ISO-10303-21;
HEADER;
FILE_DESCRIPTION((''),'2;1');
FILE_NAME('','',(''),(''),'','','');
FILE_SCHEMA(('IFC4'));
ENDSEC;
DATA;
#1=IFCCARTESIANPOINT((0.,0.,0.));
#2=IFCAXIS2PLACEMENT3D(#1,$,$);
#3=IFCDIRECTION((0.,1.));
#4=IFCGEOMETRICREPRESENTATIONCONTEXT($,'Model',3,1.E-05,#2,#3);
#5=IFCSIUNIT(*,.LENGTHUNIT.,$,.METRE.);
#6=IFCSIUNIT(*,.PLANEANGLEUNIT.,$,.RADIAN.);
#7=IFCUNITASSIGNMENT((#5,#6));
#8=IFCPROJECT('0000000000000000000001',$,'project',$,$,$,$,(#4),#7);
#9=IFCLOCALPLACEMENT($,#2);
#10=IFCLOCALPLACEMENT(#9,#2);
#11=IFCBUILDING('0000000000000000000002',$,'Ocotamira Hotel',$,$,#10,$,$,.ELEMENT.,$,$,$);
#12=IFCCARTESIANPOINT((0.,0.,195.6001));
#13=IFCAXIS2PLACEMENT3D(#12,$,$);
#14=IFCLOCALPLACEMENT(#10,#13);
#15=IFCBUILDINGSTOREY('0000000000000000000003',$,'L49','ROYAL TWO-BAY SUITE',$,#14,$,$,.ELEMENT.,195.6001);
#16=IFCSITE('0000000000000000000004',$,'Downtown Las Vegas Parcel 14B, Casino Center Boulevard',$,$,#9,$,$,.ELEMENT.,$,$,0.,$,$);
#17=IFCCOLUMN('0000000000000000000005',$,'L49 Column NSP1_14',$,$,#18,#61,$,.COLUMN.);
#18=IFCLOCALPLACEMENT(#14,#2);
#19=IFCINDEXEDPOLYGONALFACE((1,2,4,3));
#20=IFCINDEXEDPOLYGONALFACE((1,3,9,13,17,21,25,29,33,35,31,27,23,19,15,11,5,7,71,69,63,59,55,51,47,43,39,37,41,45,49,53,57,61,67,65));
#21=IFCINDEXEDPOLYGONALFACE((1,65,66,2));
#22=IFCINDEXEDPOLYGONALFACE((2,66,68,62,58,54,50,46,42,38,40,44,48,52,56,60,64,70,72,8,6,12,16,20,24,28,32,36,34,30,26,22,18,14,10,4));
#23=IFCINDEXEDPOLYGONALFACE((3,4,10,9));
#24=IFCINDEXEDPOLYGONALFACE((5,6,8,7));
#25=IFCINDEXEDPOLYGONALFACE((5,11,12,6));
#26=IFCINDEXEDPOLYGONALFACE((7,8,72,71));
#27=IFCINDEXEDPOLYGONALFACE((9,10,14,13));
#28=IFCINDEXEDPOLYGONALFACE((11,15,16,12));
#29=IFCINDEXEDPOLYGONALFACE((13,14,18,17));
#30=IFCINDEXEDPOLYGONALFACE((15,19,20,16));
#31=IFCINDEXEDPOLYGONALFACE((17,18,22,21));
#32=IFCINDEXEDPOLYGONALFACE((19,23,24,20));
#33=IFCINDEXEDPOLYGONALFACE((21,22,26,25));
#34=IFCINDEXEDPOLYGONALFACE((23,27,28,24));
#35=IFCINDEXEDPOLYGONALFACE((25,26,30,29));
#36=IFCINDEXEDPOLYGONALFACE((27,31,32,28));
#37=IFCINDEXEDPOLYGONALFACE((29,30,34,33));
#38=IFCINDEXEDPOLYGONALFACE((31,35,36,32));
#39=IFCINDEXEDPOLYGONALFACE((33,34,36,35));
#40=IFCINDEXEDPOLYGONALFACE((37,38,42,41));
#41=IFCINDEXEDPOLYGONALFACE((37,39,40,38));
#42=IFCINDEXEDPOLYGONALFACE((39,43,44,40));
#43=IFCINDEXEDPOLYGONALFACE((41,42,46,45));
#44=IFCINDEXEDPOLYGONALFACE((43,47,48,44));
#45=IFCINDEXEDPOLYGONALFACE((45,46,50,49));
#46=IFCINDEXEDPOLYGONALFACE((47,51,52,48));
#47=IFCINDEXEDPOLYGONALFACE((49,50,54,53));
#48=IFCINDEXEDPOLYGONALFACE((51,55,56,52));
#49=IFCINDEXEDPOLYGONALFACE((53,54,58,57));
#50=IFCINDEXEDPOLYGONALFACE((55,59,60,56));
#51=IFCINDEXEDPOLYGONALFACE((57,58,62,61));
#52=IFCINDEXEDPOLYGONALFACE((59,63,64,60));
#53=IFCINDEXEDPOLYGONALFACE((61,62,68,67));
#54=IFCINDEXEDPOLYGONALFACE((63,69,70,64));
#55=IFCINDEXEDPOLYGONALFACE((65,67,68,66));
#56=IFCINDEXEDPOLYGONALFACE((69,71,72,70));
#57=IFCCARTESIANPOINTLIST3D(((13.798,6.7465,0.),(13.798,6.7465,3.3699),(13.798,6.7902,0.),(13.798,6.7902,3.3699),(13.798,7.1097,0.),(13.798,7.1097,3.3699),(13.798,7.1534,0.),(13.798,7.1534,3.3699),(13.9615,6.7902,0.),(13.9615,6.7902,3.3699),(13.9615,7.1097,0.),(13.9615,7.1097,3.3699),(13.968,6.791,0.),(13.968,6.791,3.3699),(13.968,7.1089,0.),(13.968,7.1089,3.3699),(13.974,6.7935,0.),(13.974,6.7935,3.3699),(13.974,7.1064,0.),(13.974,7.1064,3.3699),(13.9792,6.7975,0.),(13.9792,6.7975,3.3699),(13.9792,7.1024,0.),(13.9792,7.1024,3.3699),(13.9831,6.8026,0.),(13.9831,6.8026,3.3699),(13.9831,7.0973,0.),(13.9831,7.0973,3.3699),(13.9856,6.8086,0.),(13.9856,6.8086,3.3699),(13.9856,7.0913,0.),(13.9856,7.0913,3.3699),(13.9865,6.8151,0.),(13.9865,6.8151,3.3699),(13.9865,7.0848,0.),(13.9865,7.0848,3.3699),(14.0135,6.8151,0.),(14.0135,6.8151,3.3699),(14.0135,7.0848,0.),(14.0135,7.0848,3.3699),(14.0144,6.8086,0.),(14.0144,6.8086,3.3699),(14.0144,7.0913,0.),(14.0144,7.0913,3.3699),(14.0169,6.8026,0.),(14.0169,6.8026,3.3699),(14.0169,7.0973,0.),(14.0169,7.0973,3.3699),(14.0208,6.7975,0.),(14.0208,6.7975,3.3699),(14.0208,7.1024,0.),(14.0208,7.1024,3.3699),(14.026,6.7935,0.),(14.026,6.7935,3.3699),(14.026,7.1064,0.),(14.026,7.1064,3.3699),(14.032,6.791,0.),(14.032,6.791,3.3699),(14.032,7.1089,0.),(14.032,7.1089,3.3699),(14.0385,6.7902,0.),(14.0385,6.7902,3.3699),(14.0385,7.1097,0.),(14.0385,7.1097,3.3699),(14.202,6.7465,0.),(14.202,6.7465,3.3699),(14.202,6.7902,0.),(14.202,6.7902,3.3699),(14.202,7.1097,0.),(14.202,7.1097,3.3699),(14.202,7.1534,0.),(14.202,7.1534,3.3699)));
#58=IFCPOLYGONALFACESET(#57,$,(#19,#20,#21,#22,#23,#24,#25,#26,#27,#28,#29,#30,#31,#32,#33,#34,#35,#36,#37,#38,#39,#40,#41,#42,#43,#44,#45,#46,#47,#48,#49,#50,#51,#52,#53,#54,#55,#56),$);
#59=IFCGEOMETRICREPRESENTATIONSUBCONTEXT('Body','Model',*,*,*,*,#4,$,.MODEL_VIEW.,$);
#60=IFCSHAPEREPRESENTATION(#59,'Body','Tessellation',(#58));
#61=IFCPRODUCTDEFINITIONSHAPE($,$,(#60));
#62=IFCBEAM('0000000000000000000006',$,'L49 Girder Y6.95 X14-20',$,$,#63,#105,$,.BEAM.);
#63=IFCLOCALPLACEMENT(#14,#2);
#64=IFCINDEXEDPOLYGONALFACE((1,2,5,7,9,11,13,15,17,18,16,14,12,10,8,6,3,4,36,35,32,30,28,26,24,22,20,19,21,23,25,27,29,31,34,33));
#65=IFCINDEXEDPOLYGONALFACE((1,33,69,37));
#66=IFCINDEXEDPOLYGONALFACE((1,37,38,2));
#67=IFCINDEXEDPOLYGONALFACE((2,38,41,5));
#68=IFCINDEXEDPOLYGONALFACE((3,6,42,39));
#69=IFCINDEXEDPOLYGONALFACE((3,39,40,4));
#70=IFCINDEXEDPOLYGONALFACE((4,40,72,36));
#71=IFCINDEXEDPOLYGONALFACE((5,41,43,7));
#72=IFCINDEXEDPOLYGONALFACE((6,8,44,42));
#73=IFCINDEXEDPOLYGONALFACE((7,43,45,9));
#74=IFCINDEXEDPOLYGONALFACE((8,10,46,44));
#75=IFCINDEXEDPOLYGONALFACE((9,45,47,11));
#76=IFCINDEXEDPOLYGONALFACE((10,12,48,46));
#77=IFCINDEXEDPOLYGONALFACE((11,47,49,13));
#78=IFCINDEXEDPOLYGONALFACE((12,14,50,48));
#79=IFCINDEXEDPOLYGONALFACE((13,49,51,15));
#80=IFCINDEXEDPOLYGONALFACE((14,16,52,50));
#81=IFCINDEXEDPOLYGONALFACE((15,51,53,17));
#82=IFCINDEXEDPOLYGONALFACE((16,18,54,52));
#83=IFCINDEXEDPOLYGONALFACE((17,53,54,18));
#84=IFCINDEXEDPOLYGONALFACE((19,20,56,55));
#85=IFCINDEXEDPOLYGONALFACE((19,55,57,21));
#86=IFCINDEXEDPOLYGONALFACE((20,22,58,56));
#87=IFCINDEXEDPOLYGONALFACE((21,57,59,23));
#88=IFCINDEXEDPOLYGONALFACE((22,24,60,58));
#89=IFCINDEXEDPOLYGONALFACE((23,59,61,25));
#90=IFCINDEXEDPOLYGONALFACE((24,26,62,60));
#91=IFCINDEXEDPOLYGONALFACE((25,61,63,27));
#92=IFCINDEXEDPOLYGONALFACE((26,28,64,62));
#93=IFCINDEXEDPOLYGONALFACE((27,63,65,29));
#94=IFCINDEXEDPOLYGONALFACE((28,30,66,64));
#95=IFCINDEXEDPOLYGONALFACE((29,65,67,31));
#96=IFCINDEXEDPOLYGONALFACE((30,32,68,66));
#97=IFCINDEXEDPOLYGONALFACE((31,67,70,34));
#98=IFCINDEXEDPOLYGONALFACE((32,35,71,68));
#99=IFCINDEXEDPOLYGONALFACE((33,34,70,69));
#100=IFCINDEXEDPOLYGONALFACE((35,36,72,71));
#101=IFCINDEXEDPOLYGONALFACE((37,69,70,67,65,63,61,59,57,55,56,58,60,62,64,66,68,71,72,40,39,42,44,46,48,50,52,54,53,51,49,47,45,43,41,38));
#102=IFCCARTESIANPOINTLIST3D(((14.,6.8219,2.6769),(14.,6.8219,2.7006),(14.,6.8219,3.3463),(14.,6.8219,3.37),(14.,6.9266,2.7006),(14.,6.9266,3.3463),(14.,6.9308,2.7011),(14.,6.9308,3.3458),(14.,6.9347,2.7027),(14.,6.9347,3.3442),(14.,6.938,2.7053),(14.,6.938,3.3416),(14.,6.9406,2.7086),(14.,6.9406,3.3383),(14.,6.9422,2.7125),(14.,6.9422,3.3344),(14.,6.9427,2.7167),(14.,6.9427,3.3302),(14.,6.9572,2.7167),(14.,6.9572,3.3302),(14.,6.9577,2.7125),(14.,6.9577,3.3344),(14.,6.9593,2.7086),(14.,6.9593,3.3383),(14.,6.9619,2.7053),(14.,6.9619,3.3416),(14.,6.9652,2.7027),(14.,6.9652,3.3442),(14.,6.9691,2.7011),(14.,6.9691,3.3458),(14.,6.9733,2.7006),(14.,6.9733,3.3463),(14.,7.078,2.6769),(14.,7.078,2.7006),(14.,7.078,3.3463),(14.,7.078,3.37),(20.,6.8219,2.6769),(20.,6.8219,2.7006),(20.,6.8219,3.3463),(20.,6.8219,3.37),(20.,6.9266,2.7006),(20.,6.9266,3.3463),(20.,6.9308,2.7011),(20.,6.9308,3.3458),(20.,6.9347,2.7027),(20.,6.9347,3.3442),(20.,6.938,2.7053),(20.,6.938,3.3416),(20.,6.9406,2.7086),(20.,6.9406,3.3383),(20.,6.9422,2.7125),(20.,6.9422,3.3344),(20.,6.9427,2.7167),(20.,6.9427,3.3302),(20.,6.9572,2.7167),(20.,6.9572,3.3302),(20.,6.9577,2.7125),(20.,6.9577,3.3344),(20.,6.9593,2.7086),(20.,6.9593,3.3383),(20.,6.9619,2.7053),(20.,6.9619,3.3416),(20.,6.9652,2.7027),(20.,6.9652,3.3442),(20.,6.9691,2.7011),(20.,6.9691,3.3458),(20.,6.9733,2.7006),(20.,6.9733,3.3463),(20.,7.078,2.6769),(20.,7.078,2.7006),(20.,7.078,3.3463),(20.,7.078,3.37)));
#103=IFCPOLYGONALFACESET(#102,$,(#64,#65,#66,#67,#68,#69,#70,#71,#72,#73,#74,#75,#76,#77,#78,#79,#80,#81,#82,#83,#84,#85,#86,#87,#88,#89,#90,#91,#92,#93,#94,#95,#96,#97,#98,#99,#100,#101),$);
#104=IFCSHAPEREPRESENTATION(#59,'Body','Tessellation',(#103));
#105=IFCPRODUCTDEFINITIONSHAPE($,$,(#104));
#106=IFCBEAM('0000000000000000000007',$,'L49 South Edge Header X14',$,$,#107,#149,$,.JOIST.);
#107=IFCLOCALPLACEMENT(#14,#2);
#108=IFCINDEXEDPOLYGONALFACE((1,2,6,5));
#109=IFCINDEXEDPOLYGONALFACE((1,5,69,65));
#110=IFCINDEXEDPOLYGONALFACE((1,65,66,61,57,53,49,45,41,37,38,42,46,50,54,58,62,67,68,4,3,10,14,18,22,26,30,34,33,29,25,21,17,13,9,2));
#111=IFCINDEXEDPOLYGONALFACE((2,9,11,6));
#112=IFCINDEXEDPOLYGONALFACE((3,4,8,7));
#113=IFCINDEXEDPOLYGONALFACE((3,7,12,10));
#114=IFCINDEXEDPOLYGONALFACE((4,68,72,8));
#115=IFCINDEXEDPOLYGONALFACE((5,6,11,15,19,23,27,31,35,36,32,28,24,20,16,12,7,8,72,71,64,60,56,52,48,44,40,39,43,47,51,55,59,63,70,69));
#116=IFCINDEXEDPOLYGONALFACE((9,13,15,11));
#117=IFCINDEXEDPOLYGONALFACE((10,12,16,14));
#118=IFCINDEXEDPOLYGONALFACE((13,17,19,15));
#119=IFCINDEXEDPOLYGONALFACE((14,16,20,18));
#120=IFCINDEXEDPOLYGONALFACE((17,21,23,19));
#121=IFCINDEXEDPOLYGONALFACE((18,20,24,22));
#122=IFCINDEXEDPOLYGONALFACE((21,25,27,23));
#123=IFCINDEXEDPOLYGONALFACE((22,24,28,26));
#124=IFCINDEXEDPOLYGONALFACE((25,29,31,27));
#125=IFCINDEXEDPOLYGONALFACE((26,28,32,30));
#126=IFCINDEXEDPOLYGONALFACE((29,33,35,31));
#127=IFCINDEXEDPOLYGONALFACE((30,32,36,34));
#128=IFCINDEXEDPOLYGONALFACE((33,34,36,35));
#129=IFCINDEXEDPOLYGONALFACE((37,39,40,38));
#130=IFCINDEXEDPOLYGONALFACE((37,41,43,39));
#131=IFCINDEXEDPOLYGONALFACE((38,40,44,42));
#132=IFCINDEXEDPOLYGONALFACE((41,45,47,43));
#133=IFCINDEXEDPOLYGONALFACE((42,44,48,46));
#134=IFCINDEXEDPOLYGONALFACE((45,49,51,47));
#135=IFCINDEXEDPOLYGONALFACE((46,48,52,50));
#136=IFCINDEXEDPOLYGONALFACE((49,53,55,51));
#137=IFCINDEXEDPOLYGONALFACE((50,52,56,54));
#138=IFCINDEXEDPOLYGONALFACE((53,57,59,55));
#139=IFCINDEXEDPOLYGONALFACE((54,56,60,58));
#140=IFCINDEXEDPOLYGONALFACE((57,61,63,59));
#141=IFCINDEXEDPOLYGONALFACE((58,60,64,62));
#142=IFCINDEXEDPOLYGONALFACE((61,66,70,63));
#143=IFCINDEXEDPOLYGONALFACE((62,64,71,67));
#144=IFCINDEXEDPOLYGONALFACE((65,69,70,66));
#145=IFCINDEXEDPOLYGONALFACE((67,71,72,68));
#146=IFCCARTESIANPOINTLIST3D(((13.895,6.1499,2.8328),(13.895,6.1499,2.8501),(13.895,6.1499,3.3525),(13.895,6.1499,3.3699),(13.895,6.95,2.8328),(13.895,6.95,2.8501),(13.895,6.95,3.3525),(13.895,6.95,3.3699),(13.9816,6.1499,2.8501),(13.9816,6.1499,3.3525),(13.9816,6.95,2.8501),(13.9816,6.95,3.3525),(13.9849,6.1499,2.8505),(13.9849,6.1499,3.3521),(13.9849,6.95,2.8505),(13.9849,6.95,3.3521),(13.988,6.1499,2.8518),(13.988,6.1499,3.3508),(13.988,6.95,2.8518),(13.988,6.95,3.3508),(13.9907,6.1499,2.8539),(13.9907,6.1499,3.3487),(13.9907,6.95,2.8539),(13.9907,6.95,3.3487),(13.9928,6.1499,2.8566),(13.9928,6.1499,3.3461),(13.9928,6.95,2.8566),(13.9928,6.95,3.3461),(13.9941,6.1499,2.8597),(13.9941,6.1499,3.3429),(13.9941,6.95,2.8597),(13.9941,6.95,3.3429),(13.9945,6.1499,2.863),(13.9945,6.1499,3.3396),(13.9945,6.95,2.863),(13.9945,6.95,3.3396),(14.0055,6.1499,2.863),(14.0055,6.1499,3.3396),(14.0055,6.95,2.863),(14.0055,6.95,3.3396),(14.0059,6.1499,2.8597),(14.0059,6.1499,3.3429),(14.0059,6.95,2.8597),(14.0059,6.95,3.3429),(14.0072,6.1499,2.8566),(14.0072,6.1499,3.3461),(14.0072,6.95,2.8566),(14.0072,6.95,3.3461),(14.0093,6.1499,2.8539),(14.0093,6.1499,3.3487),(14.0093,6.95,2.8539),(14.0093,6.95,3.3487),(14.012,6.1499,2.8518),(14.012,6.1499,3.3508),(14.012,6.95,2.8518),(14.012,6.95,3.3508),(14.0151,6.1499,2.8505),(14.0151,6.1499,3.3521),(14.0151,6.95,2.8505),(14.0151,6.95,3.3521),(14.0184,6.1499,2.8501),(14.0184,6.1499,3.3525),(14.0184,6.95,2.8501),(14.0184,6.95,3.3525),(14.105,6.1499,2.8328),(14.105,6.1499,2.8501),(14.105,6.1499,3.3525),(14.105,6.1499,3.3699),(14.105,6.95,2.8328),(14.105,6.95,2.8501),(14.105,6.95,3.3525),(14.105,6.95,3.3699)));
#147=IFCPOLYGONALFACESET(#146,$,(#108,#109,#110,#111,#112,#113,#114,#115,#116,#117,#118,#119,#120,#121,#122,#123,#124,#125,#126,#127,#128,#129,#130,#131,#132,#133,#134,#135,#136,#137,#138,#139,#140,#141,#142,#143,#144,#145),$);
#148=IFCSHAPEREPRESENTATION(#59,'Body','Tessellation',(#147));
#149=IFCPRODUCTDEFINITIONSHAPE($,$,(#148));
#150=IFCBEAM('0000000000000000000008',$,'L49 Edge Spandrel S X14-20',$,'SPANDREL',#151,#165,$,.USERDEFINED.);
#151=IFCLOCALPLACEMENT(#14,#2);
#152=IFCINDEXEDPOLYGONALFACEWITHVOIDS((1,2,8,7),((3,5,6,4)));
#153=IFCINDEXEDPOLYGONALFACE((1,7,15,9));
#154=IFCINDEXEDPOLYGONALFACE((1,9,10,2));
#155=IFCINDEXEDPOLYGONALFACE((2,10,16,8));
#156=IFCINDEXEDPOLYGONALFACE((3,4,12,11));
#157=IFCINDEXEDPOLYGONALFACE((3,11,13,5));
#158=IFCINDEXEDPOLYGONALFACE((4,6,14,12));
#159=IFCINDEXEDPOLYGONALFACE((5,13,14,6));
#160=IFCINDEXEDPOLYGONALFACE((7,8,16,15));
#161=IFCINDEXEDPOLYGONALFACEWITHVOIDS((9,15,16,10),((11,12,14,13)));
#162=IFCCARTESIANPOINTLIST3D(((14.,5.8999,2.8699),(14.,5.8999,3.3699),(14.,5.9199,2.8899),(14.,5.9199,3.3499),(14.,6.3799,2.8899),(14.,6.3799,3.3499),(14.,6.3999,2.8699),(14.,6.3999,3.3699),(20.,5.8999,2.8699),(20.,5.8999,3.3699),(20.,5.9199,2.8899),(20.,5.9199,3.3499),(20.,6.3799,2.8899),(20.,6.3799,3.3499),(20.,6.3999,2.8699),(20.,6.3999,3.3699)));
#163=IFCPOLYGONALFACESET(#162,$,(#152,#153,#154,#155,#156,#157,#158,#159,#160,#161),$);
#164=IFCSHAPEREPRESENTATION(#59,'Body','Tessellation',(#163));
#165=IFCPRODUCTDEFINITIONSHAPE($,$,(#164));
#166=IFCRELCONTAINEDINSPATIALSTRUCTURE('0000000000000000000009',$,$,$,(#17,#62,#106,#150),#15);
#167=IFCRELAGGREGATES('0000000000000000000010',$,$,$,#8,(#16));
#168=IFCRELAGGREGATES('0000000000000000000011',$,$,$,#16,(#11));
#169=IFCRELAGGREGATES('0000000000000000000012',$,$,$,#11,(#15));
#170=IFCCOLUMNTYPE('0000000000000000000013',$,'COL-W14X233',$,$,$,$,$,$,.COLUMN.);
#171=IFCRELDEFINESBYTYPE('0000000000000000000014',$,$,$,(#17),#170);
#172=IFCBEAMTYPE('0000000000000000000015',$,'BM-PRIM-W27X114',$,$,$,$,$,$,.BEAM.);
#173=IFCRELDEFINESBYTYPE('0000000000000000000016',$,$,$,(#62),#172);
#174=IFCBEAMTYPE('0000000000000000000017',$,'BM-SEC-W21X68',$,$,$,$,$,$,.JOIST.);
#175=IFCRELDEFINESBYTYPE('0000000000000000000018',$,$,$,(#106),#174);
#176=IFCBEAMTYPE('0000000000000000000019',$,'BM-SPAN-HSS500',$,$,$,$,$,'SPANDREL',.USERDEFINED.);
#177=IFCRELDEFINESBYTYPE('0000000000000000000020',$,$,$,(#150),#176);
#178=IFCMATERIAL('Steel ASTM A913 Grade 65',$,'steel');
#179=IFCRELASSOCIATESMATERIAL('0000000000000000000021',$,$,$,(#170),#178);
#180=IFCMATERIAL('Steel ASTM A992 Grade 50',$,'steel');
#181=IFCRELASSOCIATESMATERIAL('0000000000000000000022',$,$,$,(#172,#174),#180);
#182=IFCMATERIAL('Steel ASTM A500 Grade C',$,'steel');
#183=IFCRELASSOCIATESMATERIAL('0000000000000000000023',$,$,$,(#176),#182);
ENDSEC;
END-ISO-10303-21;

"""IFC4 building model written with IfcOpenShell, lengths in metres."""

from ifc_helpers import new_model, si_unit, direction, frame, origin, origin_2d, place, context, subcontext, project, spatial, hollow_rectangle, i_section, extrude, source, transform, mapped, material, material_profile, profile_set, type_object, element, save


model = new_model("IFC4")

# Units and contexts
model_context = context("Model", 3, precision=1e-05, world=origin(), true_north=direction((0.0, 1.0)))
body_context = subcontext(model_context, "Body", "Model", "MODEL_VIEW")
ifc_project = project(units=[si_unit("LENGTHUNIT", "METRE"), si_unit("PLANEANGLEUNIT", "RADIAN")], contexts=[model_context])

# Site, building, storey
site_placement = place(None, origin())
site = spatial("IfcSite", under=ifc_project, at=site_placement, Name="Downtown Las Vegas Parcel 14B, Casino Center Boulevard", CompositionType="ELEMENT", RefElevation=0.0)
building_placement = place(site_placement, origin())
building = spatial("IfcBuilding", under=site, at=building_placement, Name="Ocotamira Hotel", CompositionType="ELEMENT")
storey_placement = place(building_placement, frame((0.0, 0.0, 195.6001)))
storey = spatial("IfcBuildingStorey", under=building, at=storey_placement, Name="L49", Description="ROYAL TWO-BAY SUITE", CompositionType="ELEMENT", Elevation=195.6001)

# Column
ifc_material_1 = material(Name="Steel ASTM A913 Grade 65", Category="steel")
ifc_material_profile_1 = material_profile(ifc_material_1, i_section(OverallWidth=0.4041, OverallDepth=0.407, WebThickness=0.0271, FlangeThickness=0.0437, FilletRadius=0.0249, at=origin_2d()), Name="W14X233")
ifc_profile_set_1 = profile_set([ifc_material_profile_1], Name="Steel ASTM A913 Grade 65")
column_type = type_object("IfcColumnType", Name="COL-W14X233", PredefinedType="COLUMN", material=ifc_profile_set_1)
shared_shape_1 = source(origin(), body_context, "Body", "SweptSolid", [
    extrude(i_section(OverallWidth=0.4041, OverallDepth=0.407, WebThickness=0.0271, FlangeThickness=0.0437, FilletRadius=0.0249, at=origin_2d()), origin(), (0.0, 0.0, 1.0), 3.3699),
])
column_placement = place(storey_placement, frame((14.0, 6.95, 0.0), z_axis=(0.0, 0.0, 1.0), x_axis=(1.0, 0.0, 0.0)))
element("IfcColumn", 1, at=column_placement, inside=storey, type_object=column_type, Name="L49 Column NSP1_14", PredefinedType="COLUMN", context=body_context, shape_type="MappedRepresentation", body=[
    mapped(shared_shape_1, transform((0.0, 0.0, 0.0), scale=1.0)),
])

# Beams
ifc_material_2 = material(Name="Steel ASTM A992 Grade 50", Category="steel")
ifc_material_profile_2 = material_profile(ifc_material_2, i_section(OverallWidth=0.2561, OverallDepth=0.6931, WebThickness=0.0144, FlangeThickness=0.0237, FilletRadius=0.0161, at=origin_2d()), Name="W27X114")
ifc_profile_set_2 = profile_set([ifc_material_profile_2], Name="Steel ASTM A992 Grade 50")
beam_type_1 = type_object("IfcBeamType", Name="BM-PRIM-W27X114", PredefinedType="BEAM", material=ifc_profile_set_2)
shared_shape_2 = source(origin(), body_context, "Body", "SweptSolid", [
    extrude(i_section(OverallWidth=0.2561, OverallDepth=0.6931, WebThickness=0.0144, FlangeThickness=0.0237, FilletRadius=0.0161, at=origin_2d()), origin(), (0.0, 0.0, 1.0), 6.0),
])
beam_1_placement = place(storey_placement, frame((14.0, 6.95, 3.0234), z_axis=(1.0, 0.0, 0.0), x_axis=(0.0, 1.0, 0.0)))
element("IfcBeam", 2, at=beam_1_placement, inside=storey, type_object=beam_type_1, Name="L49 Girder Y6.95 X14-20", PredefinedType="BEAM", context=body_context, shape_type="MappedRepresentation", body=[
    mapped(shared_shape_2, transform((0.0, 0.0, 0.0), scale=1.0)),
])
ifc_material_profile_3 = material_profile(ifc_material_2, i_section(OverallWidth=0.21, OverallDepth=0.5371, WebThickness=0.011, FlangeThickness=0.0173, FilletRadius=0.0129, at=origin_2d()), Name="W21X68")
ifc_profile_set_3 = profile_set([ifc_material_profile_3], Name="Steel ASTM A992 Grade 50")
beam_type_2 = type_object("IfcBeamType", Name="BM-SEC-W21X68", PredefinedType="JOIST", material=ifc_profile_set_3)
shared_shape_3 = source(origin(), body_context, "Body", "SweptSolid", [
    extrude(i_section(OverallWidth=0.21, OverallDepth=0.5371, WebThickness=0.011, FlangeThickness=0.0173, FilletRadius=0.0129, at=origin_2d()), origin(), (0.0, 0.0, 1.0), 0.8),
])
beam_2_placement = place(storey_placement, frame((14.0, 6.95, 3.1013), z_axis=(0.0, -1.0, 0.0), x_axis=(1.0, 0.0, 0.0)))
element("IfcBeam", 3, at=beam_2_placement, inside=storey, type_object=beam_type_2, Name="L49 South Edge Header X14", PredefinedType="JOIST", context=body_context, shape_type="MappedRepresentation", body=[
    mapped(shared_shape_3, transform((0.0, 0.0, 0.0), scale=1.0)),
])
ifc_material_3 = material(Name="Steel ASTM A500 Grade C", Category="steel")
ifc_material_profile_4 = material_profile(ifc_material_3, hollow_rectangle(XDim=0.5, YDim=0.5, WallThickness=0.02, at=origin_2d()), Name="HSS500X500X20")
ifc_profile_set_4 = profile_set([ifc_material_profile_4], Name="Steel ASTM A500 Grade C")
beam_type_3 = type_object("IfcBeamType", Name="BM-SPAN-HSS500", ElementType="SPANDREL", PredefinedType="USERDEFINED", material=ifc_profile_set_4)
shared_shape_4 = source(origin(), body_context, "Body", "SweptSolid", [
    extrude(hollow_rectangle(XDim=0.5, YDim=0.5, WallThickness=0.02, at=origin_2d()), origin(), (0.0, 0.0, 1.0), 6.0),
])
beam_3_placement = place(storey_placement, frame((14.0, 6.1499, 3.1199), z_axis=(1.0, 0.0, 0.0), x_axis=(0.0, 1.0, 0.0)))
element("IfcBeam", 4, at=beam_3_placement, inside=storey, type_object=beam_type_3, Name="L49 Edge Spandrel S X14-20", ObjectType="SPANDREL", PredefinedType="USERDEFINED", context=body_context, shape_type="MappedRepresentation", body=[
    mapped(shared_shape_4, transform((0.0, 0.0, 0.0), scale=1.0)),
])

save(model, "model.ifc")
